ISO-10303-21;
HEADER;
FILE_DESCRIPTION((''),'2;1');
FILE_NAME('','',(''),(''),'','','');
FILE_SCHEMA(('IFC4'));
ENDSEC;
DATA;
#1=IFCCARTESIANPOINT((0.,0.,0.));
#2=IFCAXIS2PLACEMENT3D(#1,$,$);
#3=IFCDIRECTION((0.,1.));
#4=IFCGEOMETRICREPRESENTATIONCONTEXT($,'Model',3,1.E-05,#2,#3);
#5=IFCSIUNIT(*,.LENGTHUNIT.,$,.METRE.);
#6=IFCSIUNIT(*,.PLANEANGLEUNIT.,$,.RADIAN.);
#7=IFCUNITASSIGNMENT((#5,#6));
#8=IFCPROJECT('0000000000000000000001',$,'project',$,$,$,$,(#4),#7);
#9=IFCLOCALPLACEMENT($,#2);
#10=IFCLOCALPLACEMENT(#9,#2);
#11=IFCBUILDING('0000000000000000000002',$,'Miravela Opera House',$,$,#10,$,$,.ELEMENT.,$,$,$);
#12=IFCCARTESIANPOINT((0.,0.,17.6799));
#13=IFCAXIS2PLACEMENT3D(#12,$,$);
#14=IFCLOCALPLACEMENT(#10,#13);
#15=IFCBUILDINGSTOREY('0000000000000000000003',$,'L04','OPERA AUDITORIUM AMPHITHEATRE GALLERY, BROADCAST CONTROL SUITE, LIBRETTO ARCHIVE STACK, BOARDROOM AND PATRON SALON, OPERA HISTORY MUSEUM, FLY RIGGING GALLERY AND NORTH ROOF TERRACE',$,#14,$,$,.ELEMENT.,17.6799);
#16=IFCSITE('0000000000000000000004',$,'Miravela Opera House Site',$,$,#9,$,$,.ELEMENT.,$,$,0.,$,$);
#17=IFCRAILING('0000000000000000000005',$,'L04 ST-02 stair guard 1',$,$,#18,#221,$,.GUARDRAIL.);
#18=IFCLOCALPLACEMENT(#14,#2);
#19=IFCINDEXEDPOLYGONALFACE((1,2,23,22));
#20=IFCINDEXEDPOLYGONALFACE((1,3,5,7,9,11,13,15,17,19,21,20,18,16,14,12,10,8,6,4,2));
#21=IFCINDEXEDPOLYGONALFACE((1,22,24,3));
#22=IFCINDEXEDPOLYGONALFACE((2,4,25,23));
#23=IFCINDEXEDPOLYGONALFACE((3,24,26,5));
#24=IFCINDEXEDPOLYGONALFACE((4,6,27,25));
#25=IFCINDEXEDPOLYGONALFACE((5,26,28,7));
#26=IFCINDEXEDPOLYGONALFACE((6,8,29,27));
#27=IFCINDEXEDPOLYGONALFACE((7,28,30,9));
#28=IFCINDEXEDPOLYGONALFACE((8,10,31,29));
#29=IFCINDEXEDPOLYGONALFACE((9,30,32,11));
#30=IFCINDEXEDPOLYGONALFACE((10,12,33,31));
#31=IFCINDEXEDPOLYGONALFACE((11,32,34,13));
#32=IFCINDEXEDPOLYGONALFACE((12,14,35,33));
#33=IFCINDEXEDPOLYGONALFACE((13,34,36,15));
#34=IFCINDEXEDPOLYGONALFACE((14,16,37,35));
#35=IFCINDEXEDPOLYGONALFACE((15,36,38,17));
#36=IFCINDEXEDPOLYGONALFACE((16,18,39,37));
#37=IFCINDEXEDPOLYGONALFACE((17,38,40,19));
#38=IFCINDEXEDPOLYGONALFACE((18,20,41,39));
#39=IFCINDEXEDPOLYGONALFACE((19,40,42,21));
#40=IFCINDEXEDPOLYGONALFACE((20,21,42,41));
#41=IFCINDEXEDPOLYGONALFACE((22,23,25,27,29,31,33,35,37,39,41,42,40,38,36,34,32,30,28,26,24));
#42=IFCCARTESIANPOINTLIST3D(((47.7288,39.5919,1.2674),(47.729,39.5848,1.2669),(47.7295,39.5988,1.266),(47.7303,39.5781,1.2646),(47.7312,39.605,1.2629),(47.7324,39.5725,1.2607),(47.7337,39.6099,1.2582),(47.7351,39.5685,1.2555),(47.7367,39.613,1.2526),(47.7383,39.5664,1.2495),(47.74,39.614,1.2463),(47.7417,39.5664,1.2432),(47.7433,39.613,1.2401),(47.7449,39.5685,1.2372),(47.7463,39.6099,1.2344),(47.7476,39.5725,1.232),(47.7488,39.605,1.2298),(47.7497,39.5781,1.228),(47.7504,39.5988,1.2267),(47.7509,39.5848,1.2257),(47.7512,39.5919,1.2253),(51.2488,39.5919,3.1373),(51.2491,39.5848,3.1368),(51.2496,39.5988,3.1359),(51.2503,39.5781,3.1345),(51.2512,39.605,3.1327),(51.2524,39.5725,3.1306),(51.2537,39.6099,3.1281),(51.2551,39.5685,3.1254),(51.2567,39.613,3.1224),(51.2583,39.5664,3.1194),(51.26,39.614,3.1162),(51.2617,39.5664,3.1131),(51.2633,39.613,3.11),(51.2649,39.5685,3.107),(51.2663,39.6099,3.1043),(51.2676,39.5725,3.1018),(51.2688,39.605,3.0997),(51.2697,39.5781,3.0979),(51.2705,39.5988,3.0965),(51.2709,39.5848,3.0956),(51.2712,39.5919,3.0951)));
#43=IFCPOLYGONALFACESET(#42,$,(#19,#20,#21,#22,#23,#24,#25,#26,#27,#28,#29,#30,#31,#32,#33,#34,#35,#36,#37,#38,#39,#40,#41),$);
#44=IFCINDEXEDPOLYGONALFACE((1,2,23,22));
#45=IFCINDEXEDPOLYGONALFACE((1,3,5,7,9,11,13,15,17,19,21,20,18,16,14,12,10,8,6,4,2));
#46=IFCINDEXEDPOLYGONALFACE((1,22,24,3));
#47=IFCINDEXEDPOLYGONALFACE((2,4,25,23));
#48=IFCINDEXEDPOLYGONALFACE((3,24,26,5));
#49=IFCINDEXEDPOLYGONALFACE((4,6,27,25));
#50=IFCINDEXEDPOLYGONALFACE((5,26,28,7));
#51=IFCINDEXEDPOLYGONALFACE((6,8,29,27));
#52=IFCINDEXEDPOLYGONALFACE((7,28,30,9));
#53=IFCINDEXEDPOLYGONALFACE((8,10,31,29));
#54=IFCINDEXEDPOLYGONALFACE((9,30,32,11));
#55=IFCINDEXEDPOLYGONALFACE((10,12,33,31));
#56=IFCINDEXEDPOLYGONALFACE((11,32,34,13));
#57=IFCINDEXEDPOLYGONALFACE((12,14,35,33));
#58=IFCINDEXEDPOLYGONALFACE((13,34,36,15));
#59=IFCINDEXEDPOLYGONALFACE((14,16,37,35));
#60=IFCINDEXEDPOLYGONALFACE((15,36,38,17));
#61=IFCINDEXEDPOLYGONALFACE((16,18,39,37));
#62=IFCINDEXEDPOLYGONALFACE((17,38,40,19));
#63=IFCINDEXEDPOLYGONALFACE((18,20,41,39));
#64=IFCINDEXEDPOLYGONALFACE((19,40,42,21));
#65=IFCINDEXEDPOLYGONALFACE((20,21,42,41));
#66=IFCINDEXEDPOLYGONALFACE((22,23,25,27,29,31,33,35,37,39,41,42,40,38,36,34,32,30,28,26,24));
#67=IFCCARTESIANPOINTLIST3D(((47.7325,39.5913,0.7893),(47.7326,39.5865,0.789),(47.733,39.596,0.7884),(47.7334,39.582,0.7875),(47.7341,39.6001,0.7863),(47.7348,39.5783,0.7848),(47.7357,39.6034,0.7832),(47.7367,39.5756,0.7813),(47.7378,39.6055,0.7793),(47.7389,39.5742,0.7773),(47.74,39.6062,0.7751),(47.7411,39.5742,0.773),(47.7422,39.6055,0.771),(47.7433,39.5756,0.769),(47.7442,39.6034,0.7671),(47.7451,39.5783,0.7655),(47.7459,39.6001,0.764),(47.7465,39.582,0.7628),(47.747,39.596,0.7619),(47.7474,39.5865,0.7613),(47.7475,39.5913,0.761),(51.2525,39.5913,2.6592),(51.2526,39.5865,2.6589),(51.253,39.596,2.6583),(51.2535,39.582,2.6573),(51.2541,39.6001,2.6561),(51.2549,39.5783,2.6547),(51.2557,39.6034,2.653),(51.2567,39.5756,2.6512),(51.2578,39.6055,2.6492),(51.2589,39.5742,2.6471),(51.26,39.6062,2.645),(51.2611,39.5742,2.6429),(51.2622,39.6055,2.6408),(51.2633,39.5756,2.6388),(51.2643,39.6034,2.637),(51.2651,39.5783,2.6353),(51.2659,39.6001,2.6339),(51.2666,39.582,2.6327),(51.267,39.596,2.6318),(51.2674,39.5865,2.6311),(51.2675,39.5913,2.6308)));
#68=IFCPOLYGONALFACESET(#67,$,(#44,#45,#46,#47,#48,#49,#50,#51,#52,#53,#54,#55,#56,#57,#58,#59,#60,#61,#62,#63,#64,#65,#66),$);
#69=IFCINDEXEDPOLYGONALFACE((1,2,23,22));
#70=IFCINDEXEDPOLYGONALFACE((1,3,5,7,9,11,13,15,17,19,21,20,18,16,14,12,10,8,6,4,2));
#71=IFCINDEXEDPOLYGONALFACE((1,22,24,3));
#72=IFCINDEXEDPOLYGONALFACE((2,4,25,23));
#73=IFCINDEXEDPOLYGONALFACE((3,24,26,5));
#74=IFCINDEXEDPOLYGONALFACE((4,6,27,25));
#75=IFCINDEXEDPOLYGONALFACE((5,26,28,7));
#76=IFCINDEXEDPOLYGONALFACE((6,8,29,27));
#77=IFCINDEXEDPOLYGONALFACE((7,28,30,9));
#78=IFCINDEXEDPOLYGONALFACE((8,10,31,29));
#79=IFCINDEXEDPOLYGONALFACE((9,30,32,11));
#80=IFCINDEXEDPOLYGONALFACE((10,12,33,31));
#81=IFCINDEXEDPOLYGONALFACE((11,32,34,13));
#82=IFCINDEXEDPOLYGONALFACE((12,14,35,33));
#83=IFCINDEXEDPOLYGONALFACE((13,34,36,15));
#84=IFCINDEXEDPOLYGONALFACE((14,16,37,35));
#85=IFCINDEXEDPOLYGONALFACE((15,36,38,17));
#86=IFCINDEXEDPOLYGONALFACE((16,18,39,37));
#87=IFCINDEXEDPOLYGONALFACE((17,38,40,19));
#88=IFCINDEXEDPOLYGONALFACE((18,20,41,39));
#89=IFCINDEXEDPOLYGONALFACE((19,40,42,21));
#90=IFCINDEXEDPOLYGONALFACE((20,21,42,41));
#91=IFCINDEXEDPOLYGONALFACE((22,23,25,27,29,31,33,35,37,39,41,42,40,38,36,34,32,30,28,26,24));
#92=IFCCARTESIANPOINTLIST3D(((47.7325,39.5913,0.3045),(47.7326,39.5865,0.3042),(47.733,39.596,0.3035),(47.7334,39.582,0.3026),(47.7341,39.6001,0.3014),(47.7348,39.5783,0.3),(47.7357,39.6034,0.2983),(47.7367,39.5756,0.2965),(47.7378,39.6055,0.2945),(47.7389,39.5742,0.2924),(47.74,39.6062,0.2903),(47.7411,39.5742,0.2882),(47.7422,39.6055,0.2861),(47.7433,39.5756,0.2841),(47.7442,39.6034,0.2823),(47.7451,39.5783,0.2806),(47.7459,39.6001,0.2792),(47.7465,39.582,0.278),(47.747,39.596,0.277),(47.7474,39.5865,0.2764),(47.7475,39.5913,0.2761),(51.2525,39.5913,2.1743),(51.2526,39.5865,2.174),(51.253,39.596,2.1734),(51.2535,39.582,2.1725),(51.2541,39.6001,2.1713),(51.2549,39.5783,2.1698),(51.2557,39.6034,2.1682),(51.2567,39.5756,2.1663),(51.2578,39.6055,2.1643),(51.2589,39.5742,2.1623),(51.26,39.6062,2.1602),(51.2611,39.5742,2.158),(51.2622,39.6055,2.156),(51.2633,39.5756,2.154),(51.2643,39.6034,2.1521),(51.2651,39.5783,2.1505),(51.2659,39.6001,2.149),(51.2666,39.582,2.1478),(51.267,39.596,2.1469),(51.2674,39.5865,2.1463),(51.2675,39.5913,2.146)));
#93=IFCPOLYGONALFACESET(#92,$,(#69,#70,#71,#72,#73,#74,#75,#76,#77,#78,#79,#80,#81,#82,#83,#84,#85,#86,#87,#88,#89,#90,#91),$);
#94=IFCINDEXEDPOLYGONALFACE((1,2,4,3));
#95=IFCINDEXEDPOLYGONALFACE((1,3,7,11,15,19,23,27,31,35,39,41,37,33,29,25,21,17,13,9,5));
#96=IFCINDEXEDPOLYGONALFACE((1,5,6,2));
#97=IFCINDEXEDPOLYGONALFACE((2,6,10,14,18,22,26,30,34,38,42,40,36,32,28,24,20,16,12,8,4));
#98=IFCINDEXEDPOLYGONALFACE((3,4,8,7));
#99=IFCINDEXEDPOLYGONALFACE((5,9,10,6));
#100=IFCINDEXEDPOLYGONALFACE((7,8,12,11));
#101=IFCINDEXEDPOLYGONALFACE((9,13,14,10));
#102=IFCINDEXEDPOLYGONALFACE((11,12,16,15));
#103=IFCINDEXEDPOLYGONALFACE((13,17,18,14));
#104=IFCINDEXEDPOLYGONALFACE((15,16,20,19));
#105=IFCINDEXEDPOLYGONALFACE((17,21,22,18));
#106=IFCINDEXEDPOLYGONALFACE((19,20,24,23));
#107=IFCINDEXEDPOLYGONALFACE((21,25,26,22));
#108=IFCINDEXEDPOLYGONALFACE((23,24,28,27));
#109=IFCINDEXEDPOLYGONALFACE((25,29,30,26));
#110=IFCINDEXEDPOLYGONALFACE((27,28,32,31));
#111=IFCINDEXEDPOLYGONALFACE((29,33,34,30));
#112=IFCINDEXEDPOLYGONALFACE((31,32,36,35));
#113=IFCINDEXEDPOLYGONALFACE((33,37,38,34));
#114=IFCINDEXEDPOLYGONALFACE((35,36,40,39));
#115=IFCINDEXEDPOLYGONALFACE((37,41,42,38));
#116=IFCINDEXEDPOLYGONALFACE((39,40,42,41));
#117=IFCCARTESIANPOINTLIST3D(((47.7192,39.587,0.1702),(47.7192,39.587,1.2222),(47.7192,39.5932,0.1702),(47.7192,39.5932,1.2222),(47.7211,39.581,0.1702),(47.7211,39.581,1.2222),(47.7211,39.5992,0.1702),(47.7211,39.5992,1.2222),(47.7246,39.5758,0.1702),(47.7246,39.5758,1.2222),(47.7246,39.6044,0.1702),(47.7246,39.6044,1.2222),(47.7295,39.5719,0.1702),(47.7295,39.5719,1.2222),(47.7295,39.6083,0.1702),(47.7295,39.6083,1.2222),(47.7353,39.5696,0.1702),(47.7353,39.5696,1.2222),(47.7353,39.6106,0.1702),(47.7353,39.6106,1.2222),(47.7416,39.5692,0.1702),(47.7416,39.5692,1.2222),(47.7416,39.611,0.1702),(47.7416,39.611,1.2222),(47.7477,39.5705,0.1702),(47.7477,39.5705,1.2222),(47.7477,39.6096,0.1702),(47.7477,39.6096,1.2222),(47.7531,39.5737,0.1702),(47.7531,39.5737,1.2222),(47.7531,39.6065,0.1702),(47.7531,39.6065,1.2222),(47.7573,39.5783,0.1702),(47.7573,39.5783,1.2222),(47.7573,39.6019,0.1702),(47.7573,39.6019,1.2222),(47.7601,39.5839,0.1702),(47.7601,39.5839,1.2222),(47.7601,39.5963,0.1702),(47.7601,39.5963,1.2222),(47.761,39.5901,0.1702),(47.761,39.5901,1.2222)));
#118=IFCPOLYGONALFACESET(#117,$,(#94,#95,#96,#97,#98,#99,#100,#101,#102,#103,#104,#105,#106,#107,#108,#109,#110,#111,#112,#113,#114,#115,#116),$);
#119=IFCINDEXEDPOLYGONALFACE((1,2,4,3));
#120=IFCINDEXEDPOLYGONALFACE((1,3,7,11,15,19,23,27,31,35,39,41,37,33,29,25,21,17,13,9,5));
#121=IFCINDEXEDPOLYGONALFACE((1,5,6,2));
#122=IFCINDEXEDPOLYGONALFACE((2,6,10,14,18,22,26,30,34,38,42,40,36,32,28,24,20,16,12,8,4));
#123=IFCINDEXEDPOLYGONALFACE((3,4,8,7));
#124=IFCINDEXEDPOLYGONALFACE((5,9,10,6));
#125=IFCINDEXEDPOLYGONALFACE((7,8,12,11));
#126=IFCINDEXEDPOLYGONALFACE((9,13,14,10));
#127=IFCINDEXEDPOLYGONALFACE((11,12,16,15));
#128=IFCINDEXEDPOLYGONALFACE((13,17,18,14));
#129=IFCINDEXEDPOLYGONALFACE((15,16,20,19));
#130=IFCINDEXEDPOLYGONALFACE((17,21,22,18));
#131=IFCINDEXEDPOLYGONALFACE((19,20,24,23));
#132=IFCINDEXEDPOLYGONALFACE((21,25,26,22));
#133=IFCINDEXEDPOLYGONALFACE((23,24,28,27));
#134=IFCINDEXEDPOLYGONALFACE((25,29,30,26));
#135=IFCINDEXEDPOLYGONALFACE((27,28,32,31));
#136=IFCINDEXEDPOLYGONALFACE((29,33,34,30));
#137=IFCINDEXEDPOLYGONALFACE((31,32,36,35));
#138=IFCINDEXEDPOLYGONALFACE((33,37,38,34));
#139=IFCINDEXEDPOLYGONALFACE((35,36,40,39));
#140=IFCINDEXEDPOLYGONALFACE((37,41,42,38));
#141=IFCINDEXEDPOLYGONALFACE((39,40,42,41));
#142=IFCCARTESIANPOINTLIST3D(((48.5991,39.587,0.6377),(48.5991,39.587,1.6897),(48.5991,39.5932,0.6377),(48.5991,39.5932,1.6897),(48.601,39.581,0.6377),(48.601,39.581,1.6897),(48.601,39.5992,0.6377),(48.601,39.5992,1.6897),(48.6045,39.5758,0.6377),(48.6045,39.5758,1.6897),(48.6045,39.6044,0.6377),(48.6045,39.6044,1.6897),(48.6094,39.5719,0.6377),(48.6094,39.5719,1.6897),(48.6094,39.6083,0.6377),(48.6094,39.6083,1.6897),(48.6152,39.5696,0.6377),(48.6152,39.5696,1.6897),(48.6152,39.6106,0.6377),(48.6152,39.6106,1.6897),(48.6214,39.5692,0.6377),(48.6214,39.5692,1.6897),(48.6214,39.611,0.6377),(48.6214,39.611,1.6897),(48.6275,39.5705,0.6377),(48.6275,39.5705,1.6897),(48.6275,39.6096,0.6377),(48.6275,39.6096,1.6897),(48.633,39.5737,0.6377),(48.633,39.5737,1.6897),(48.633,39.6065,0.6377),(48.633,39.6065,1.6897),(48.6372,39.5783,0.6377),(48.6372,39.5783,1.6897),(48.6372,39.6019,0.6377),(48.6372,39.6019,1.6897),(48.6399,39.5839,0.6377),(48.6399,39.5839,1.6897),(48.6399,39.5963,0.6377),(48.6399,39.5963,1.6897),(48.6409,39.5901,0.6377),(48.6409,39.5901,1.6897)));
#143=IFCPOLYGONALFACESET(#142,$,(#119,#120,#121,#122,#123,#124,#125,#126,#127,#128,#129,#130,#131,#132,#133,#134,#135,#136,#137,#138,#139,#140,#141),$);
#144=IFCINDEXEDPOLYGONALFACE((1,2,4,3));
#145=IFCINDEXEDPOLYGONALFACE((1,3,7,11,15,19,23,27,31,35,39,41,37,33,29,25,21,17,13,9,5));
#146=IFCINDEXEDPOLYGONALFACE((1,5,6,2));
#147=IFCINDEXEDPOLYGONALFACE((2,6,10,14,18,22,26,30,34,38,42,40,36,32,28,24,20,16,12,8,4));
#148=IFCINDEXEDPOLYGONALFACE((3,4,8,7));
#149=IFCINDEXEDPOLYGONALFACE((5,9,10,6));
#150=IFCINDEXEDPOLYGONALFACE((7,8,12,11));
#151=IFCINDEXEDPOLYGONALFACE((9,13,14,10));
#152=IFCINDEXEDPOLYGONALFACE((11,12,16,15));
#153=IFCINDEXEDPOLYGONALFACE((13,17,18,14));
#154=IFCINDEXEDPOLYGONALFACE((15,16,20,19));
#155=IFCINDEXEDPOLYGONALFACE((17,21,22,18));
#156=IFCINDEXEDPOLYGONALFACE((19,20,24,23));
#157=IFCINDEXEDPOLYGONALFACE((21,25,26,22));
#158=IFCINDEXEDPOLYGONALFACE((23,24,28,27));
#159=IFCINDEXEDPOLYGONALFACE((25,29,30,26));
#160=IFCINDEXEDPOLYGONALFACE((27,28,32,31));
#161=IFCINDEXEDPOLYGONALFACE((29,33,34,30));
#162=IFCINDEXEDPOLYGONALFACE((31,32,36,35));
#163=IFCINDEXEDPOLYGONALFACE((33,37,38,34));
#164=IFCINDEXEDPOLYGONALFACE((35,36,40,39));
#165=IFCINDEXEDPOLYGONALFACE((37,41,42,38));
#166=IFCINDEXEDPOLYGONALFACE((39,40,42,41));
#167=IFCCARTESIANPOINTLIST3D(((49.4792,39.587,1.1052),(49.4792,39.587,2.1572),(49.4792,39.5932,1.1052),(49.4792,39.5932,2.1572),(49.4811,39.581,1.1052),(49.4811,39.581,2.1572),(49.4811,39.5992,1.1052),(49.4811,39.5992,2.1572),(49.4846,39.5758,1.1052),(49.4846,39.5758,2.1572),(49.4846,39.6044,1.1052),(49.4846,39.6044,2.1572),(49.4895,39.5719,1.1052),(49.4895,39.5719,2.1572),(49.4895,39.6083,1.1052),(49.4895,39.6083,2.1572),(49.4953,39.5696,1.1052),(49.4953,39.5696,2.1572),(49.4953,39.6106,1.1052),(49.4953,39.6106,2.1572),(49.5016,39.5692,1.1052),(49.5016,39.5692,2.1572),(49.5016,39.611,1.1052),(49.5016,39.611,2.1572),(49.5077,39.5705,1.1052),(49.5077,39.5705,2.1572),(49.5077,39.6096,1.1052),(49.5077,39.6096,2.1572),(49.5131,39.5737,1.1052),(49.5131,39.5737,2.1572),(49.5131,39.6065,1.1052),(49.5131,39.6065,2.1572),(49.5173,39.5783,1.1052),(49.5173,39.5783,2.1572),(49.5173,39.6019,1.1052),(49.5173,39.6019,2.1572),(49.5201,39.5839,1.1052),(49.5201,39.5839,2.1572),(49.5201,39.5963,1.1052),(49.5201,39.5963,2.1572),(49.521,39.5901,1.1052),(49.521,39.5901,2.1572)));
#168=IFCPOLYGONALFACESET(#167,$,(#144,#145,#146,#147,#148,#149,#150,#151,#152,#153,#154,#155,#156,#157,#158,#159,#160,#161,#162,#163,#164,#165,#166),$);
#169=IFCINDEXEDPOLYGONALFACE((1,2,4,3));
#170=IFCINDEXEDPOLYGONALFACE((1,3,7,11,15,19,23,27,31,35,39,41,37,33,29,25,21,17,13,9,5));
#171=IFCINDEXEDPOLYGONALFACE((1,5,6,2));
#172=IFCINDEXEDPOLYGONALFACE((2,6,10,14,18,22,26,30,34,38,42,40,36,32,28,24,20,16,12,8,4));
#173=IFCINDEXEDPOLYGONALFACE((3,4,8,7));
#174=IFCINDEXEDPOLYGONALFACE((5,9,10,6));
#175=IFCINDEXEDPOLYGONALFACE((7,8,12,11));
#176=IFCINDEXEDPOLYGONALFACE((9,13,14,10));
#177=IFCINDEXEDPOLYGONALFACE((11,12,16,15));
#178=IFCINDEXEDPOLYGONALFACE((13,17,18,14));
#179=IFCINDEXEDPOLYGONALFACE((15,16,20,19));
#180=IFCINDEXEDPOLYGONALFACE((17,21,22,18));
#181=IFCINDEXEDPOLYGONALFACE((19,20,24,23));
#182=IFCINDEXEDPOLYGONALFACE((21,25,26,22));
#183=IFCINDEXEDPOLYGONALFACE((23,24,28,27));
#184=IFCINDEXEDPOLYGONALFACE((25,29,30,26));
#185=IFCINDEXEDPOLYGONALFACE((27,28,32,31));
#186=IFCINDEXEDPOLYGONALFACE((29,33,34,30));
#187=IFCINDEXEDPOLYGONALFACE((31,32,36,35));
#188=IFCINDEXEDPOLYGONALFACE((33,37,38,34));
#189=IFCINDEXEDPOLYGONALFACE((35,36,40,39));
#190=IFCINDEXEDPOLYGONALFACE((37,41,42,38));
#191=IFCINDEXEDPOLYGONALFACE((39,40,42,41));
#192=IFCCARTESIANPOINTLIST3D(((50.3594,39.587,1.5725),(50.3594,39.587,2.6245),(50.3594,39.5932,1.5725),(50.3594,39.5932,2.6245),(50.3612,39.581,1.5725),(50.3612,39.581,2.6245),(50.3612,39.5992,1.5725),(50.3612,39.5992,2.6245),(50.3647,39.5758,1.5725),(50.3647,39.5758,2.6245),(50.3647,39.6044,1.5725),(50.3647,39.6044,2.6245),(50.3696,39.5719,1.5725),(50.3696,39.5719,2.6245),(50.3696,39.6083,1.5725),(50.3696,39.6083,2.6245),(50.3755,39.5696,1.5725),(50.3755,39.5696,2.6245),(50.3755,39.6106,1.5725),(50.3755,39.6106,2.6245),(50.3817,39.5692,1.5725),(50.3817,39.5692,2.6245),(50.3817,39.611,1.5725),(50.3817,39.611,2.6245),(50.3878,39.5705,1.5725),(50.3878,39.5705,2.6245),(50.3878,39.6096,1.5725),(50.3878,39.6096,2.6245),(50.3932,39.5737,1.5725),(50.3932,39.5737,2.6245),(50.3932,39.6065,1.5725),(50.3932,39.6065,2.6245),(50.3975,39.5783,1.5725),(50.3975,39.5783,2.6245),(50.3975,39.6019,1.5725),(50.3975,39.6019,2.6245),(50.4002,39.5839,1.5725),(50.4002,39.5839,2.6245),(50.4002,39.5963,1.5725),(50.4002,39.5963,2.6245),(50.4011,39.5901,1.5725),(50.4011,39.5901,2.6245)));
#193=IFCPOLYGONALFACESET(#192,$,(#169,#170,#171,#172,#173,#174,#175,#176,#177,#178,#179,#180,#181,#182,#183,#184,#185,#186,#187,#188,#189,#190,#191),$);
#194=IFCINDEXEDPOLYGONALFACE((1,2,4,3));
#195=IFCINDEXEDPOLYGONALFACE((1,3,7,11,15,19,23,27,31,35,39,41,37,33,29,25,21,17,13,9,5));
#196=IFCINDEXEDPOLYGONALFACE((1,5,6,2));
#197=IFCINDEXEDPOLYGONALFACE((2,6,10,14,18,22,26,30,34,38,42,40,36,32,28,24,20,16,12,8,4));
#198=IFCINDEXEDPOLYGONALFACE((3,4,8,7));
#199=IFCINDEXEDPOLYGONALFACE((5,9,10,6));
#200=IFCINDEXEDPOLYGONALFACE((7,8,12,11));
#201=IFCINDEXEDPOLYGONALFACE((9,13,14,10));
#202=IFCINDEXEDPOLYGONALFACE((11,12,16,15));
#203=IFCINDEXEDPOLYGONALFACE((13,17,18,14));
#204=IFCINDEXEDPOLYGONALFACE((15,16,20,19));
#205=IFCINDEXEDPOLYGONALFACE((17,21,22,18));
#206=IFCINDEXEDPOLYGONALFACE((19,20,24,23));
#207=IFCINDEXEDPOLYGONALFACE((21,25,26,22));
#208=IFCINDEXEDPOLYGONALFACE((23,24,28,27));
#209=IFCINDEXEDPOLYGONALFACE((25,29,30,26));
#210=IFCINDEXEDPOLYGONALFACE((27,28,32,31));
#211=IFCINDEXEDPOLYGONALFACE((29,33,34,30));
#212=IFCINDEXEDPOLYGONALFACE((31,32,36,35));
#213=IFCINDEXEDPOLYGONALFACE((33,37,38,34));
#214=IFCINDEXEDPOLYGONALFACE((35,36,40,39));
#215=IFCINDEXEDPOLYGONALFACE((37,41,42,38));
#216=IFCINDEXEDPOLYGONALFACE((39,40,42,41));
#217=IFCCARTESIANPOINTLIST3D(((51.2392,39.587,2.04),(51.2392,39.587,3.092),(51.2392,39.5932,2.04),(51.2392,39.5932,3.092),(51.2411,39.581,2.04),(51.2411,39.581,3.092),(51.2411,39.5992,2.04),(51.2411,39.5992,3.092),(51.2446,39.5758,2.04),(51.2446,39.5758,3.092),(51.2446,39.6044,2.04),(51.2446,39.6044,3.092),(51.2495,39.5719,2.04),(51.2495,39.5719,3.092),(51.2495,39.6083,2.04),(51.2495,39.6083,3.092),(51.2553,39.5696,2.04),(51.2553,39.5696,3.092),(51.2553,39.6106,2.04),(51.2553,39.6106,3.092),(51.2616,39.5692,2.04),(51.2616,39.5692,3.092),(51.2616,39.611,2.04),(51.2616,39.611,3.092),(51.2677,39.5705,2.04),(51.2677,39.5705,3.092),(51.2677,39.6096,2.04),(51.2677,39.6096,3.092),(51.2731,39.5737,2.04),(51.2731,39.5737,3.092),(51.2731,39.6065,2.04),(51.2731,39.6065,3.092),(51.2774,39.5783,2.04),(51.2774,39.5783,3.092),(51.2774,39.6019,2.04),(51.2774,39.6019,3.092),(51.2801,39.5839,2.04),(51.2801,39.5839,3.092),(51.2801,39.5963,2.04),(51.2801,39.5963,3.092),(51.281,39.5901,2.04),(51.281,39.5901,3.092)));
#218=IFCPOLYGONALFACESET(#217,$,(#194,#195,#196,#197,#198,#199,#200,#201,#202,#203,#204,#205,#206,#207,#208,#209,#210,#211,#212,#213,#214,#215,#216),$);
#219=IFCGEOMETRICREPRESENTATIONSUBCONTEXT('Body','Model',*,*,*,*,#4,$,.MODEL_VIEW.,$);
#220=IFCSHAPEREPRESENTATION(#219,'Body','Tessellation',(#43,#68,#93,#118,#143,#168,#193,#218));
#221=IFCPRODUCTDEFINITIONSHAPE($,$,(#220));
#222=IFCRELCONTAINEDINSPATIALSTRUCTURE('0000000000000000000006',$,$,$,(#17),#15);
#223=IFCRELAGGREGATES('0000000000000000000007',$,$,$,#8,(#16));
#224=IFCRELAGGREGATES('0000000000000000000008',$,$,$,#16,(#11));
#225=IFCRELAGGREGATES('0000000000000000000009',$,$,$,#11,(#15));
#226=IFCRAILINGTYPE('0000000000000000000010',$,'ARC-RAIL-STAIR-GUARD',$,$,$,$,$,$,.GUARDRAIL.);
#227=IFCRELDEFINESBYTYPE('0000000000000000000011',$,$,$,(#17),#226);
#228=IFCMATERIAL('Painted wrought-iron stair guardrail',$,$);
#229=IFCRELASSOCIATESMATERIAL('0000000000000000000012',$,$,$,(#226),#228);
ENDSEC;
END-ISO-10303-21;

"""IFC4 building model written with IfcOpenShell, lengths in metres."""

from ifc_helpers import new_model, si_unit, direction, frame, origin, origin_2d, place, context, subcontext, project, spatial, circle, extrude, material, type_object, element, save


model = new_model("IFC4")

# Units and contexts
model_context = context("Model", 3, precision=1e-05, world=origin(), true_north=direction((0.0, 1.0)))
body_context = subcontext(model_context, "Body", "Model", "MODEL_VIEW")
ifc_project = project(units=[si_unit("LENGTHUNIT", "METRE"), si_unit("PLANEANGLEUNIT", "RADIAN")], contexts=[model_context])

# Site, building, storey
site_placement = place(None, origin())
site = spatial("IfcSite", under=ifc_project, at=site_placement, Name="Miravela Opera House Site", CompositionType="ELEMENT", RefElevation=0.0)
building_placement = place(site_placement, origin())
building = spatial("IfcBuilding", under=site, at=building_placement, Name="Miravela Opera House", CompositionType="ELEMENT")
storey_placement = place(building_placement, frame((0.0, 0.0, 17.6799)))
storey = spatial("IfcBuildingStorey", under=building, at=storey_placement, Name="L04", Description="OPERA AUDITORIUM AMPHITHEATRE GALLERY, BROADCAST CONTROL SUITE, LIBRETTO ARCHIVE STACK, BOARDROOM AND PATRON SALON, OPERA HISTORY MUSEUM, FLY RIGGING GALLERY AND NORTH ROOF TERRACE", CompositionType="ELEMENT", Elevation=17.6799)

# Railing
ifc_material_1 = material(Name="Painted wrought-iron stair guardrail")
railing_type_1 = type_object("IfcRailingType", Name="ARC-RAIL-STAIR-GUARD", PredefinedType="GUARDRAIL", material=ifc_material_1)
railing_1_placement = place(storey_placement, frame((47.74, 39.5901, 0.1702)))
element("IfcRailing", 1, at=railing_1_placement, inside=storey, type_object=railing_type_1, Name="L04 ST-02 stair guard 1", PredefinedType="GUARDRAIL", context=body_context, shape_type="SweptSolid", body=[
    extrude(circle(Radius=0.0239, at=origin_2d()), frame((0.0, 0.0, 1.0762), z_axis=(0.88313, 0.0, 0.469128), x_axis=(0.0, 1.0, 0.0)), (0.0, 0.0, 1.0), 3.9858),
    extrude(circle(Radius=0.0161, at=origin_2d()), frame((0.0, 0.0, 0.605), z_axis=(0.88313, 0.0, 0.469128), x_axis=(0.0, 1.0, 0.0)), (0.0, 0.0, 1.0), 3.9858),
    extrude(circle(Radius=0.0161, at=origin_2d()), frame((0.0, 0.0, 0.1201), z_axis=(0.88313, 0.0, 0.469128), x_axis=(0.0, 1.0, 0.0)), (0.0, 0.0, 1.0), 3.9858),
    extrude(circle(Radius=0.021, at=origin_2d()), origin(), (0.0, 0.0, 1.0), 1.052),
    extrude(circle(Radius=0.021, at=origin_2d()), frame((0.8799, 0.0, 0.4675)), (0.0, 0.0, 1.0), 1.052),
    extrude(circle(Radius=0.021, at=origin_2d()), frame((1.76, 0.0, 0.9351)), (0.0, 0.0, 1.0), 1.052),
    extrude(circle(Radius=0.021, at=origin_2d()), frame((2.6401, 0.0, 1.4023)), (0.0, 0.0, 1.0), 1.052),
    extrude(circle(Radius=0.021, at=origin_2d()), frame((3.52, 0.0, 1.8699)), (0.0, 0.0, 1.0), 1.052),
])

save(model, "model.ifc")
